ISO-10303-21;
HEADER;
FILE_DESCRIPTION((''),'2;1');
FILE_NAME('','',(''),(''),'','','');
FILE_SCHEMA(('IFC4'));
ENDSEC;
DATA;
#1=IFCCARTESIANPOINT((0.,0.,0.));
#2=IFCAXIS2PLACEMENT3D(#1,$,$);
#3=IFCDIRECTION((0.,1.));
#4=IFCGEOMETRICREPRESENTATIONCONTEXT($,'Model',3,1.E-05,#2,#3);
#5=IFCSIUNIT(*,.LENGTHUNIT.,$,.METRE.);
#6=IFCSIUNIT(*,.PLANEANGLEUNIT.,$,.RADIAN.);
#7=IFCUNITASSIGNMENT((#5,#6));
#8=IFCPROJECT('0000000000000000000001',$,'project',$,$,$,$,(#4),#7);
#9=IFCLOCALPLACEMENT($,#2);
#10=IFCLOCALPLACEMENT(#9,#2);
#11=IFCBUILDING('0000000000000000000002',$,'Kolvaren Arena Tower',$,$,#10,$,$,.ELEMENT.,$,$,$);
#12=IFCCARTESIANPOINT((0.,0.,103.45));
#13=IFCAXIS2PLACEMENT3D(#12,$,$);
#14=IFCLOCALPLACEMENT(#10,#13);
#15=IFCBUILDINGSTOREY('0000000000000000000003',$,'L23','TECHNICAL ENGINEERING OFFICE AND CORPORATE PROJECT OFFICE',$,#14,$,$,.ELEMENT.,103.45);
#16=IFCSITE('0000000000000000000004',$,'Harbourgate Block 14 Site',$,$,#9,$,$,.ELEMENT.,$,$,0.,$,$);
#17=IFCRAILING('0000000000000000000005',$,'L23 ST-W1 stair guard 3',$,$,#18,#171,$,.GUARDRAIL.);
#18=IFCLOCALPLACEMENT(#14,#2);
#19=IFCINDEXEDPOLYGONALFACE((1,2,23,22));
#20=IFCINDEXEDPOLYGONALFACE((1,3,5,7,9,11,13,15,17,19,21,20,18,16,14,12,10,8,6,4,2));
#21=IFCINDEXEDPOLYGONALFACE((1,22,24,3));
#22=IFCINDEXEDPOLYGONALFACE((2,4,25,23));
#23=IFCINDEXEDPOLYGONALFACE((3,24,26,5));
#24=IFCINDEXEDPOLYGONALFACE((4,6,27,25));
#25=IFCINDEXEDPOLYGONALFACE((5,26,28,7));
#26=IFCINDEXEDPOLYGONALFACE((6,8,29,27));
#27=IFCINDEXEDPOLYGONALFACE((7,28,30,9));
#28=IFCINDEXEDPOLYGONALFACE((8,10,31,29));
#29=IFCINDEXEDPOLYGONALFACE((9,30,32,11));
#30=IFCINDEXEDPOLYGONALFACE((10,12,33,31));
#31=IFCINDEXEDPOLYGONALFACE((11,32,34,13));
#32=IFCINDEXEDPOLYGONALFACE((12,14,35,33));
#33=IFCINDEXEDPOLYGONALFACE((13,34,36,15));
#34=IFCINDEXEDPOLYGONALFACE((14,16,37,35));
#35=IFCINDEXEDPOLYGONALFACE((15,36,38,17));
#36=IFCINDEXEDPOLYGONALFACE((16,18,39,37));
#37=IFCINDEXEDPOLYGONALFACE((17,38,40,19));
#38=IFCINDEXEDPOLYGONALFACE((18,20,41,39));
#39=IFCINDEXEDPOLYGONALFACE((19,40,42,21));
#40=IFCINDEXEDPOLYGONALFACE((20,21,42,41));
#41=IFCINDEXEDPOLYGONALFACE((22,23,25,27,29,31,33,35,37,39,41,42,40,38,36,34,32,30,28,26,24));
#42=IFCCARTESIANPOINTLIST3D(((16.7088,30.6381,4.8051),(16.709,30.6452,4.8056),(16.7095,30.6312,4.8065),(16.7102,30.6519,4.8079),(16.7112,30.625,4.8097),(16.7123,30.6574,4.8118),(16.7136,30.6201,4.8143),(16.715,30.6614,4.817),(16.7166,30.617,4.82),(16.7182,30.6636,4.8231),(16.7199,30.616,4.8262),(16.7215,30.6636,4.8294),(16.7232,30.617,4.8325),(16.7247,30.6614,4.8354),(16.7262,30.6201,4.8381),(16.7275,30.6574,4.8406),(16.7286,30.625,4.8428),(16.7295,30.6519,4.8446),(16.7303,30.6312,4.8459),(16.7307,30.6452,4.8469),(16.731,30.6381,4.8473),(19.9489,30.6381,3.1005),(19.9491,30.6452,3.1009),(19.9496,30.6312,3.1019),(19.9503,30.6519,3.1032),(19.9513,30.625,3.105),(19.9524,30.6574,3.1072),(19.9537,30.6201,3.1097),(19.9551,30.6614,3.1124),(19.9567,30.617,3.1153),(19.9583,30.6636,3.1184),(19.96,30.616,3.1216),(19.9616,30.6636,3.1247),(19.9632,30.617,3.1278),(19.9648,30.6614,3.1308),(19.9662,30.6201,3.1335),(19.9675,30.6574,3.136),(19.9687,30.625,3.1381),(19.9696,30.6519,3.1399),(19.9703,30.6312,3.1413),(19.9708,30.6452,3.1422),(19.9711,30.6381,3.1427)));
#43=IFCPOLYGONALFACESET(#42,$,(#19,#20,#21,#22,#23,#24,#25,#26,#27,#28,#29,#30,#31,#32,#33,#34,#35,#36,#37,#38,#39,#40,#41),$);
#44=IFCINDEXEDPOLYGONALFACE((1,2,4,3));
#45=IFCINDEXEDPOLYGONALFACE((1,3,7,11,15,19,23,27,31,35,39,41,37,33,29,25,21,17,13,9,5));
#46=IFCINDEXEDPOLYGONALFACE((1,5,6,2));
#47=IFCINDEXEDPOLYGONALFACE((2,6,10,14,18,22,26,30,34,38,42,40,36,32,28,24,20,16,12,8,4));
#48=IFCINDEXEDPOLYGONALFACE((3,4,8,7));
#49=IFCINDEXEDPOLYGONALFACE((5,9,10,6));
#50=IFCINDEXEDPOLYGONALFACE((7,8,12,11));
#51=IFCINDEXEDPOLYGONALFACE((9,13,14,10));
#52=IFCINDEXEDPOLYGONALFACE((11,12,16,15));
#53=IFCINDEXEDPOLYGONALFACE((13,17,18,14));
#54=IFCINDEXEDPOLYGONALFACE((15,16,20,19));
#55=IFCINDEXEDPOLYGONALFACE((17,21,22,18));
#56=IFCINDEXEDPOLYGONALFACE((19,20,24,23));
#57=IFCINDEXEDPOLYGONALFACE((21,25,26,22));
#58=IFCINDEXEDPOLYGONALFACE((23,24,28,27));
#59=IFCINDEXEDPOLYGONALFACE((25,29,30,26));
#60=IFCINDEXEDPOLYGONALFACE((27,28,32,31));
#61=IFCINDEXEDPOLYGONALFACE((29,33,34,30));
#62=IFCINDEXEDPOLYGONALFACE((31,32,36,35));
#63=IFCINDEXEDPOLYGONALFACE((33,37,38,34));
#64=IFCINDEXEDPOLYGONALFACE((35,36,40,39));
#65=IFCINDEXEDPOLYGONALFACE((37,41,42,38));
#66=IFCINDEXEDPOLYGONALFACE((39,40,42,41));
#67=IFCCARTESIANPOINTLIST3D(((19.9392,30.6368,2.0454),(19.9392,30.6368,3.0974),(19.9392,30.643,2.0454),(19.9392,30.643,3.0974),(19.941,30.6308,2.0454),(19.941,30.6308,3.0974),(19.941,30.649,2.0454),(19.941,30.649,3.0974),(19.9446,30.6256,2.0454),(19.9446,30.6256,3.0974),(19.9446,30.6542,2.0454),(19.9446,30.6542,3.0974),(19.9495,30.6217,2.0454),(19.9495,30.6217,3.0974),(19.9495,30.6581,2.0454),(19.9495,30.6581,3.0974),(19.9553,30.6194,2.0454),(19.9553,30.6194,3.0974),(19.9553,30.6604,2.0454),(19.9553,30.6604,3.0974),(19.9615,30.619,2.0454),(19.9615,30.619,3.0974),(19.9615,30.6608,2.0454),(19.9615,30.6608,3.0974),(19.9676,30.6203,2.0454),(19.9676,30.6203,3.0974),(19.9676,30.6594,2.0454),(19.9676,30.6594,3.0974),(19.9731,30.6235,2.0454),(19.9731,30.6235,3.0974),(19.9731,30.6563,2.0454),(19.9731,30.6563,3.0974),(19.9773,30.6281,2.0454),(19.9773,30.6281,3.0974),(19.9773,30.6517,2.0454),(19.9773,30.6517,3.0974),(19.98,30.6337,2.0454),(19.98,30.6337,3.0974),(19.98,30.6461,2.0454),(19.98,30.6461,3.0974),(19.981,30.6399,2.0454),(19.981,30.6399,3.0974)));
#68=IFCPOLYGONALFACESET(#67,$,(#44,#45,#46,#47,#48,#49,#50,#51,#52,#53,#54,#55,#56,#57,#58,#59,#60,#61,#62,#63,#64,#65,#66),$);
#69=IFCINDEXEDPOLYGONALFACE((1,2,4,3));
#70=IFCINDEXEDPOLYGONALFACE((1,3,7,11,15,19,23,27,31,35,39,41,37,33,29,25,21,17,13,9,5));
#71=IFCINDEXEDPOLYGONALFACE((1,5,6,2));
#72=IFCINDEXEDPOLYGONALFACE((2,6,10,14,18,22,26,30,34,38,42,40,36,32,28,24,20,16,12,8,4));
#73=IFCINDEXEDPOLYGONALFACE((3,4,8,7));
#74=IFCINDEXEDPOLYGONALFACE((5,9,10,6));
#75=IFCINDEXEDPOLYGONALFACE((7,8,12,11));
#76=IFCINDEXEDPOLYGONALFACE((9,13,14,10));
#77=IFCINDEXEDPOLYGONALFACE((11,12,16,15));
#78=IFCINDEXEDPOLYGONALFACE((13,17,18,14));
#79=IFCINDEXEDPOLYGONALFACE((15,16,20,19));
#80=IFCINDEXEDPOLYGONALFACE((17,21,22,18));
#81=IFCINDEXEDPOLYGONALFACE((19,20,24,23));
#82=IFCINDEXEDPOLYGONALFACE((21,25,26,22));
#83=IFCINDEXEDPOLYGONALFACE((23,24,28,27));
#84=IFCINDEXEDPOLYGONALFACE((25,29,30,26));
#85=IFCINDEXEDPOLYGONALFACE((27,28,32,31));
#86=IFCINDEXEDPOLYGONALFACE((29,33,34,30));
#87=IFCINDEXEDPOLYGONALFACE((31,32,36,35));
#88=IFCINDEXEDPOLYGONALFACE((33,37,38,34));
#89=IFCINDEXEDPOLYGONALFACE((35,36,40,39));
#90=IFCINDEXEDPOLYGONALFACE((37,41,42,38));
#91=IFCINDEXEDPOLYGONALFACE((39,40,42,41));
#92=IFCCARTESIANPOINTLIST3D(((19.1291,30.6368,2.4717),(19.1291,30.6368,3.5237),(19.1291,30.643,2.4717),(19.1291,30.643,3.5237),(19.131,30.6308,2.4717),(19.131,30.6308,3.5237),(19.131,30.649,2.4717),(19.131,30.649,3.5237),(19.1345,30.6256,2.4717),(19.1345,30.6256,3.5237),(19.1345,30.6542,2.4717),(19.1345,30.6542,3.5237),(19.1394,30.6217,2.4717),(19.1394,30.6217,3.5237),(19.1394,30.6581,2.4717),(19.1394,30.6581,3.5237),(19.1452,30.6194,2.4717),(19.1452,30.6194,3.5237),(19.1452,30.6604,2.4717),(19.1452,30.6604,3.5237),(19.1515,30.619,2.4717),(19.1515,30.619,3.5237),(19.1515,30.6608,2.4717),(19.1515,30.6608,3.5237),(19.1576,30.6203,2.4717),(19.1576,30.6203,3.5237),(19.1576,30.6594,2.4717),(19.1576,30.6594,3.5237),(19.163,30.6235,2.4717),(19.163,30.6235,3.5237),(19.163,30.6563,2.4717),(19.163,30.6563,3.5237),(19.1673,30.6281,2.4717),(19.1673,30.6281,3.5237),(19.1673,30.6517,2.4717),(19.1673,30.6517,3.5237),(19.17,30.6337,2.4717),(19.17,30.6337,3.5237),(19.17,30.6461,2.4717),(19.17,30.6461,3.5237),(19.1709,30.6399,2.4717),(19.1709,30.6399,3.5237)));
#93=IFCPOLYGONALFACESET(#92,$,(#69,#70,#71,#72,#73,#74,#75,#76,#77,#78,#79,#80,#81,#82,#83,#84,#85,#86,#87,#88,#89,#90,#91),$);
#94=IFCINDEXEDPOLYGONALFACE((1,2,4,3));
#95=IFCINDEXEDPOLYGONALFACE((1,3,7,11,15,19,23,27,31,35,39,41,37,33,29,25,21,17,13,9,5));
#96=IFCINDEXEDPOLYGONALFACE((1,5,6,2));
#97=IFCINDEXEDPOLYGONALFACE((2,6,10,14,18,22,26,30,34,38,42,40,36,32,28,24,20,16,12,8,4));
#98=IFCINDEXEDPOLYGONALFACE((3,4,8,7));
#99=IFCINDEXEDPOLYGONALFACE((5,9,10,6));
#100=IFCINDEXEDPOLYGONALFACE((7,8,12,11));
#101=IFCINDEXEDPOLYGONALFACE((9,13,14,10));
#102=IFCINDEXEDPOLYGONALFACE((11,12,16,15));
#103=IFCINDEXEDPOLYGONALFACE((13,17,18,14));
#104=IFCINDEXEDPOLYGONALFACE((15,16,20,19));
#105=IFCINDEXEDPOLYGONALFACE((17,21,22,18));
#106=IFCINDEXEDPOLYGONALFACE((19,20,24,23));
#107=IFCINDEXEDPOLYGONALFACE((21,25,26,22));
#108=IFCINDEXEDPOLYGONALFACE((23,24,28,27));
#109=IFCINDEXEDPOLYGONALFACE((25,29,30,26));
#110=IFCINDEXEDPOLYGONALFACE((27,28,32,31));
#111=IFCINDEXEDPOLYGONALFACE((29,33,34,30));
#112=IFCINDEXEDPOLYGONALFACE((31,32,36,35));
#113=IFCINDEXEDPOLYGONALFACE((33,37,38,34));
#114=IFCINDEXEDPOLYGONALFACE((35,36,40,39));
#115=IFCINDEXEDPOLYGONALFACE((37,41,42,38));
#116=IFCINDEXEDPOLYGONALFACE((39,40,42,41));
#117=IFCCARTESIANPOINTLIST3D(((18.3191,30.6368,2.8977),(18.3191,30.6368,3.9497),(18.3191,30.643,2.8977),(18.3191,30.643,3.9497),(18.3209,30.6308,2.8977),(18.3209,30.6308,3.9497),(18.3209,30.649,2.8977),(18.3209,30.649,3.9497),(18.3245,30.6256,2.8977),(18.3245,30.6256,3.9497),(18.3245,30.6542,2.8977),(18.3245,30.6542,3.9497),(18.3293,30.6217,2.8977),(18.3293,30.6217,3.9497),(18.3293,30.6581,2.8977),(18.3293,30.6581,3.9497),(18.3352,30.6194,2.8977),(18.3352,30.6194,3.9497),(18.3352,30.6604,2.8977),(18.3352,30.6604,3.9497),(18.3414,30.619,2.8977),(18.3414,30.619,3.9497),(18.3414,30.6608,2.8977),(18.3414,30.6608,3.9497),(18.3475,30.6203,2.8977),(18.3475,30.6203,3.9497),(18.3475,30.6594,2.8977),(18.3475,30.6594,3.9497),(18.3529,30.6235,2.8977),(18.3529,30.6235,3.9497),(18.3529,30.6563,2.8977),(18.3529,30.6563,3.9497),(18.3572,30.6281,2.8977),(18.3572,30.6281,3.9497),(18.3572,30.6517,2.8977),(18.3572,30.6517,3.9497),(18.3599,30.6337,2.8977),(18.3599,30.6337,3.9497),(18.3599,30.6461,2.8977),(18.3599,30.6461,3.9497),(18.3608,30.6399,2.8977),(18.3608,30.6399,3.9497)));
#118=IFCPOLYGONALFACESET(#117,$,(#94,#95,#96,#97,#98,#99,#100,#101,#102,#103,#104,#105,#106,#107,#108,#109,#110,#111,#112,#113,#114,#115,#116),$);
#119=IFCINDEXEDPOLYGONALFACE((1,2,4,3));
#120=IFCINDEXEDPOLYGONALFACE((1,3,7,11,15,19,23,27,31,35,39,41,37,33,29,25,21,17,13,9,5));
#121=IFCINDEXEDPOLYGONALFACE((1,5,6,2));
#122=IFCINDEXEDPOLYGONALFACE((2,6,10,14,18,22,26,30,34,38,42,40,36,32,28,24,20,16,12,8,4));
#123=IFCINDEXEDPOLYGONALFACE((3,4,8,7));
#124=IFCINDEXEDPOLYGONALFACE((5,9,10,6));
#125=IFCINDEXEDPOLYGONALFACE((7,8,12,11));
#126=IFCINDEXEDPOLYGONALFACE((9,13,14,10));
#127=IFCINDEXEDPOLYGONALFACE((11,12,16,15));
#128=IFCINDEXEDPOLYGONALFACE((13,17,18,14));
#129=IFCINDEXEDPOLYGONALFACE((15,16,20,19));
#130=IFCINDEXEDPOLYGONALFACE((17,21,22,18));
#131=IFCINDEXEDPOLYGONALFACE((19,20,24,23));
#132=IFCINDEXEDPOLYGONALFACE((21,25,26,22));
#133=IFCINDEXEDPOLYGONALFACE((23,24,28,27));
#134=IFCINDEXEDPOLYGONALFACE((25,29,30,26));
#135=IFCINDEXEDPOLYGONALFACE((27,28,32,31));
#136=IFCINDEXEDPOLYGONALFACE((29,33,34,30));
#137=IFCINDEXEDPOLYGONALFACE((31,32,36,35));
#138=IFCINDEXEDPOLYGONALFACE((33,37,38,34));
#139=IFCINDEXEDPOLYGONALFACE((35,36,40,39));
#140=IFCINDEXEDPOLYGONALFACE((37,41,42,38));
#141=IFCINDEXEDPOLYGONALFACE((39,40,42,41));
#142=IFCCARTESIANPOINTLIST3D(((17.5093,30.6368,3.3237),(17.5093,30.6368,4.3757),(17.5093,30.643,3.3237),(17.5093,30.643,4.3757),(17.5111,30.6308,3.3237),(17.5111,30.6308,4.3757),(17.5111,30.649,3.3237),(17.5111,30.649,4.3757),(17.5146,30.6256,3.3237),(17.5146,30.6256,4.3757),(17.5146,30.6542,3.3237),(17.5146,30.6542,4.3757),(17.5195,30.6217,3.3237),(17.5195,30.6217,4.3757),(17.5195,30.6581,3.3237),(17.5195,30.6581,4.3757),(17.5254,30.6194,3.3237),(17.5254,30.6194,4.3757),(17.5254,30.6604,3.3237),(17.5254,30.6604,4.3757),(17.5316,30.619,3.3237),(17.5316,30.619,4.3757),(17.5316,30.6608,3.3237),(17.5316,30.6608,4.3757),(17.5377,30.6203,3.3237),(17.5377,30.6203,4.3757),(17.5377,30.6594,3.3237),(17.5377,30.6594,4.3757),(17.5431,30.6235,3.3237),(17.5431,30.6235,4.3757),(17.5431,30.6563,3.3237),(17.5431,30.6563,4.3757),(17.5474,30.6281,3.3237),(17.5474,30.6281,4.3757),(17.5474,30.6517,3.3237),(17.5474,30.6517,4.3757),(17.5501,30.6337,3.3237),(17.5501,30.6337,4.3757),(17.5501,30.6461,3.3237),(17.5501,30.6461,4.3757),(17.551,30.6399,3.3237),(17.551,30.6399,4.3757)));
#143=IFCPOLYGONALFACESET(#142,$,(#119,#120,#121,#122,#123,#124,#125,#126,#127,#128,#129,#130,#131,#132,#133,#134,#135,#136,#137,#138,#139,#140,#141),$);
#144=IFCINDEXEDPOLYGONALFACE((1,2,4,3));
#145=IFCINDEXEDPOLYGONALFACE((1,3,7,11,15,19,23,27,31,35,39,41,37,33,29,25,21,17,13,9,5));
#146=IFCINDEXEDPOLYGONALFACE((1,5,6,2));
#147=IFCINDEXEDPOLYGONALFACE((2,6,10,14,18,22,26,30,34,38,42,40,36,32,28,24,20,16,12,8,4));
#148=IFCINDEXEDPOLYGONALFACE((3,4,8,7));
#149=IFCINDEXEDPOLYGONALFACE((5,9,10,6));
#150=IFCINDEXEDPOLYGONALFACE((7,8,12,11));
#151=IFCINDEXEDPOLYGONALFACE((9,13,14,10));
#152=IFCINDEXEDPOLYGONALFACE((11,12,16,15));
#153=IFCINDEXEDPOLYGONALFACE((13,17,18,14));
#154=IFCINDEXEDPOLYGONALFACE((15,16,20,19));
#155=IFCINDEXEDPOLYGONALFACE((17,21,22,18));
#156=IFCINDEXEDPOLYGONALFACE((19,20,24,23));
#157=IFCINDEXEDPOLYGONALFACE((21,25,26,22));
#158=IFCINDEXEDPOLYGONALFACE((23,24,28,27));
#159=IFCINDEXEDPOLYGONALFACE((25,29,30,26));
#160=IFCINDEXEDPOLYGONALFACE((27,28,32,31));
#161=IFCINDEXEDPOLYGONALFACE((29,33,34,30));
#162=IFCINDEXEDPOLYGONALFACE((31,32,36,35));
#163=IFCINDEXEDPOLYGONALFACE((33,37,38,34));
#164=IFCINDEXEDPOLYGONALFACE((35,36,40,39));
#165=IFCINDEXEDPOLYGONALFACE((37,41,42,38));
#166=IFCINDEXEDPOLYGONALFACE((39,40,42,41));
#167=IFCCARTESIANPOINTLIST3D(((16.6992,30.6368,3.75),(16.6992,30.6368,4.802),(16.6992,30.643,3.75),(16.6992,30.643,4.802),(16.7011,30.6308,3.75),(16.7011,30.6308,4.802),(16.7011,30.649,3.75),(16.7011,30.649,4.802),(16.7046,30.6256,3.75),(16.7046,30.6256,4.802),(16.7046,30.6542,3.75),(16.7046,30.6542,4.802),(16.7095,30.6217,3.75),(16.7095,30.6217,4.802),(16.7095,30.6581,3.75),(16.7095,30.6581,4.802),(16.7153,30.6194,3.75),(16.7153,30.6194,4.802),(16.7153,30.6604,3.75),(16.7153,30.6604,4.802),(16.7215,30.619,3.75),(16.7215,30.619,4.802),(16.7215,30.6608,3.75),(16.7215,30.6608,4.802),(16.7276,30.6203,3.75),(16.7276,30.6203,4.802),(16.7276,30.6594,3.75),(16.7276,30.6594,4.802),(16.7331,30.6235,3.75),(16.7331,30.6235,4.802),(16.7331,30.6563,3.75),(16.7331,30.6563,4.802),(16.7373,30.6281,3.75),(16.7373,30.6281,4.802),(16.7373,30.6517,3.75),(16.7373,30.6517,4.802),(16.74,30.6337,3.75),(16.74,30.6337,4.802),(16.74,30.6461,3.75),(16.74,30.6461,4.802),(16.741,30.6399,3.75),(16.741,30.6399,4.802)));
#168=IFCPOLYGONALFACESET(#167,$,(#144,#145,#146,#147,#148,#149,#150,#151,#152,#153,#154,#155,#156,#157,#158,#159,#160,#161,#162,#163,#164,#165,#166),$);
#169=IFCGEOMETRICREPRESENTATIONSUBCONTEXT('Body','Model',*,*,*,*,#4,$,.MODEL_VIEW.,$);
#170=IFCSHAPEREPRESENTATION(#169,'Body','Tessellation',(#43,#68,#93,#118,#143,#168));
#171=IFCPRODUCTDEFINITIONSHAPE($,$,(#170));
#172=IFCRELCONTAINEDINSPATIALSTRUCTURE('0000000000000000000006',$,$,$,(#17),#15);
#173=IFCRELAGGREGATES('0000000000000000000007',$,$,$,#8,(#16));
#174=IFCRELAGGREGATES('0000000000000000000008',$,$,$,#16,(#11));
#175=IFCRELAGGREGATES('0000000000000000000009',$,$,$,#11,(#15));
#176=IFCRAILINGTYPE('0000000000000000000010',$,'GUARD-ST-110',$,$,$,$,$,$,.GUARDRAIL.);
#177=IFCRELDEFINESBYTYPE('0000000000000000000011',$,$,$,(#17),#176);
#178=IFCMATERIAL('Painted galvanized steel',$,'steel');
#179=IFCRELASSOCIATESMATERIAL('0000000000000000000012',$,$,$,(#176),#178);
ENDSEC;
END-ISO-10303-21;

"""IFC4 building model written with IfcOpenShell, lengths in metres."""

from ifc_helpers import new_model, si_unit, direction, frame, origin, origin_2d, place, context, subcontext, project, spatial, circle, extrude, material, type_object, element, save


model = new_model("IFC4")

# Units and contexts
model_context = context("Model", 3, precision=1e-05, world=origin(), true_north=direction((0.0, 1.0)))
body_context = subcontext(model_context, "Body", "Model", "MODEL_VIEW")
ifc_project = project(units=[si_unit("LENGTHUNIT", "METRE"), si_unit("PLANEANGLEUNIT", "RADIAN")], contexts=[model_context])

# Site, building, storey
site_placement = place(None, origin())
site = spatial("IfcSite", under=ifc_project, at=site_placement, Name="Harbourgate Block 14 Site", CompositionType="ELEMENT", RefElevation=0.0)
building_placement = place(site_placement, origin())
building = spatial("IfcBuilding", under=site, at=building_placement, Name="Kolvaren Arena Tower", CompositionType="ELEMENT")
storey_placement = place(building_placement, frame((0.0, 0.0, 103.45)))
storey = spatial("IfcBuildingStorey", under=building, at=storey_placement, Name="L23", Description="TECHNICAL ENGINEERING OFFICE AND CORPORATE PROJECT OFFICE", CompositionType="ELEMENT", Elevation=103.45)

# Railing
ifc_material_1 = material(Name="Painted galvanized steel", Category="steel")
railing_type_1 = type_object("IfcRailingType", Name="GUARD-ST-110", PredefinedType="GUARDRAIL", material=ifc_material_1)
railing_1_placement = place(storey_placement, frame((19.96, 30.6399, 2.0454)))
element("IfcRailing", 1, at=railing_1_placement, inside=storey, type_object=railing_type_1, Name="L23 ST-W1 stair guard 3", PredefinedType="GUARDRAIL", context=body_context, shape_type="SweptSolid", body=[
    extrude(circle(Radius=0.0239, at=origin_2d()), frame((0.0, 0.0, 1.0762), z_axis=(-0.884993, 0.0, 0.465604), x_axis=(0.0, -1.0, 0.0)), (0.0, 0.0, 1.0), 3.6611),
    extrude(circle(Radius=0.021, at=origin_2d()), origin(), (0.0, 0.0, 1.0), 1.052),
    extrude(circle(Radius=0.021, at=origin_2d()), frame((-0.8101, 0.0, 0.4263)), (0.0, 0.0, 1.0), 1.052),
    extrude(circle(Radius=0.021, at=origin_2d()), frame((-1.6201, 0.0, 0.8523)), (0.0, 0.0, 1.0), 1.052),
    extrude(circle(Radius=0.021, at=origin_2d()), frame((-2.4299, 0.0, 1.2783)), (0.0, 0.0, 1.0), 1.052),
    extrude(circle(Radius=0.021, at=origin_2d()), frame((-3.24, 0.0, 1.7046)), (0.0, 0.0, 1.0), 1.052),
])

save(model, "model.ifc")
